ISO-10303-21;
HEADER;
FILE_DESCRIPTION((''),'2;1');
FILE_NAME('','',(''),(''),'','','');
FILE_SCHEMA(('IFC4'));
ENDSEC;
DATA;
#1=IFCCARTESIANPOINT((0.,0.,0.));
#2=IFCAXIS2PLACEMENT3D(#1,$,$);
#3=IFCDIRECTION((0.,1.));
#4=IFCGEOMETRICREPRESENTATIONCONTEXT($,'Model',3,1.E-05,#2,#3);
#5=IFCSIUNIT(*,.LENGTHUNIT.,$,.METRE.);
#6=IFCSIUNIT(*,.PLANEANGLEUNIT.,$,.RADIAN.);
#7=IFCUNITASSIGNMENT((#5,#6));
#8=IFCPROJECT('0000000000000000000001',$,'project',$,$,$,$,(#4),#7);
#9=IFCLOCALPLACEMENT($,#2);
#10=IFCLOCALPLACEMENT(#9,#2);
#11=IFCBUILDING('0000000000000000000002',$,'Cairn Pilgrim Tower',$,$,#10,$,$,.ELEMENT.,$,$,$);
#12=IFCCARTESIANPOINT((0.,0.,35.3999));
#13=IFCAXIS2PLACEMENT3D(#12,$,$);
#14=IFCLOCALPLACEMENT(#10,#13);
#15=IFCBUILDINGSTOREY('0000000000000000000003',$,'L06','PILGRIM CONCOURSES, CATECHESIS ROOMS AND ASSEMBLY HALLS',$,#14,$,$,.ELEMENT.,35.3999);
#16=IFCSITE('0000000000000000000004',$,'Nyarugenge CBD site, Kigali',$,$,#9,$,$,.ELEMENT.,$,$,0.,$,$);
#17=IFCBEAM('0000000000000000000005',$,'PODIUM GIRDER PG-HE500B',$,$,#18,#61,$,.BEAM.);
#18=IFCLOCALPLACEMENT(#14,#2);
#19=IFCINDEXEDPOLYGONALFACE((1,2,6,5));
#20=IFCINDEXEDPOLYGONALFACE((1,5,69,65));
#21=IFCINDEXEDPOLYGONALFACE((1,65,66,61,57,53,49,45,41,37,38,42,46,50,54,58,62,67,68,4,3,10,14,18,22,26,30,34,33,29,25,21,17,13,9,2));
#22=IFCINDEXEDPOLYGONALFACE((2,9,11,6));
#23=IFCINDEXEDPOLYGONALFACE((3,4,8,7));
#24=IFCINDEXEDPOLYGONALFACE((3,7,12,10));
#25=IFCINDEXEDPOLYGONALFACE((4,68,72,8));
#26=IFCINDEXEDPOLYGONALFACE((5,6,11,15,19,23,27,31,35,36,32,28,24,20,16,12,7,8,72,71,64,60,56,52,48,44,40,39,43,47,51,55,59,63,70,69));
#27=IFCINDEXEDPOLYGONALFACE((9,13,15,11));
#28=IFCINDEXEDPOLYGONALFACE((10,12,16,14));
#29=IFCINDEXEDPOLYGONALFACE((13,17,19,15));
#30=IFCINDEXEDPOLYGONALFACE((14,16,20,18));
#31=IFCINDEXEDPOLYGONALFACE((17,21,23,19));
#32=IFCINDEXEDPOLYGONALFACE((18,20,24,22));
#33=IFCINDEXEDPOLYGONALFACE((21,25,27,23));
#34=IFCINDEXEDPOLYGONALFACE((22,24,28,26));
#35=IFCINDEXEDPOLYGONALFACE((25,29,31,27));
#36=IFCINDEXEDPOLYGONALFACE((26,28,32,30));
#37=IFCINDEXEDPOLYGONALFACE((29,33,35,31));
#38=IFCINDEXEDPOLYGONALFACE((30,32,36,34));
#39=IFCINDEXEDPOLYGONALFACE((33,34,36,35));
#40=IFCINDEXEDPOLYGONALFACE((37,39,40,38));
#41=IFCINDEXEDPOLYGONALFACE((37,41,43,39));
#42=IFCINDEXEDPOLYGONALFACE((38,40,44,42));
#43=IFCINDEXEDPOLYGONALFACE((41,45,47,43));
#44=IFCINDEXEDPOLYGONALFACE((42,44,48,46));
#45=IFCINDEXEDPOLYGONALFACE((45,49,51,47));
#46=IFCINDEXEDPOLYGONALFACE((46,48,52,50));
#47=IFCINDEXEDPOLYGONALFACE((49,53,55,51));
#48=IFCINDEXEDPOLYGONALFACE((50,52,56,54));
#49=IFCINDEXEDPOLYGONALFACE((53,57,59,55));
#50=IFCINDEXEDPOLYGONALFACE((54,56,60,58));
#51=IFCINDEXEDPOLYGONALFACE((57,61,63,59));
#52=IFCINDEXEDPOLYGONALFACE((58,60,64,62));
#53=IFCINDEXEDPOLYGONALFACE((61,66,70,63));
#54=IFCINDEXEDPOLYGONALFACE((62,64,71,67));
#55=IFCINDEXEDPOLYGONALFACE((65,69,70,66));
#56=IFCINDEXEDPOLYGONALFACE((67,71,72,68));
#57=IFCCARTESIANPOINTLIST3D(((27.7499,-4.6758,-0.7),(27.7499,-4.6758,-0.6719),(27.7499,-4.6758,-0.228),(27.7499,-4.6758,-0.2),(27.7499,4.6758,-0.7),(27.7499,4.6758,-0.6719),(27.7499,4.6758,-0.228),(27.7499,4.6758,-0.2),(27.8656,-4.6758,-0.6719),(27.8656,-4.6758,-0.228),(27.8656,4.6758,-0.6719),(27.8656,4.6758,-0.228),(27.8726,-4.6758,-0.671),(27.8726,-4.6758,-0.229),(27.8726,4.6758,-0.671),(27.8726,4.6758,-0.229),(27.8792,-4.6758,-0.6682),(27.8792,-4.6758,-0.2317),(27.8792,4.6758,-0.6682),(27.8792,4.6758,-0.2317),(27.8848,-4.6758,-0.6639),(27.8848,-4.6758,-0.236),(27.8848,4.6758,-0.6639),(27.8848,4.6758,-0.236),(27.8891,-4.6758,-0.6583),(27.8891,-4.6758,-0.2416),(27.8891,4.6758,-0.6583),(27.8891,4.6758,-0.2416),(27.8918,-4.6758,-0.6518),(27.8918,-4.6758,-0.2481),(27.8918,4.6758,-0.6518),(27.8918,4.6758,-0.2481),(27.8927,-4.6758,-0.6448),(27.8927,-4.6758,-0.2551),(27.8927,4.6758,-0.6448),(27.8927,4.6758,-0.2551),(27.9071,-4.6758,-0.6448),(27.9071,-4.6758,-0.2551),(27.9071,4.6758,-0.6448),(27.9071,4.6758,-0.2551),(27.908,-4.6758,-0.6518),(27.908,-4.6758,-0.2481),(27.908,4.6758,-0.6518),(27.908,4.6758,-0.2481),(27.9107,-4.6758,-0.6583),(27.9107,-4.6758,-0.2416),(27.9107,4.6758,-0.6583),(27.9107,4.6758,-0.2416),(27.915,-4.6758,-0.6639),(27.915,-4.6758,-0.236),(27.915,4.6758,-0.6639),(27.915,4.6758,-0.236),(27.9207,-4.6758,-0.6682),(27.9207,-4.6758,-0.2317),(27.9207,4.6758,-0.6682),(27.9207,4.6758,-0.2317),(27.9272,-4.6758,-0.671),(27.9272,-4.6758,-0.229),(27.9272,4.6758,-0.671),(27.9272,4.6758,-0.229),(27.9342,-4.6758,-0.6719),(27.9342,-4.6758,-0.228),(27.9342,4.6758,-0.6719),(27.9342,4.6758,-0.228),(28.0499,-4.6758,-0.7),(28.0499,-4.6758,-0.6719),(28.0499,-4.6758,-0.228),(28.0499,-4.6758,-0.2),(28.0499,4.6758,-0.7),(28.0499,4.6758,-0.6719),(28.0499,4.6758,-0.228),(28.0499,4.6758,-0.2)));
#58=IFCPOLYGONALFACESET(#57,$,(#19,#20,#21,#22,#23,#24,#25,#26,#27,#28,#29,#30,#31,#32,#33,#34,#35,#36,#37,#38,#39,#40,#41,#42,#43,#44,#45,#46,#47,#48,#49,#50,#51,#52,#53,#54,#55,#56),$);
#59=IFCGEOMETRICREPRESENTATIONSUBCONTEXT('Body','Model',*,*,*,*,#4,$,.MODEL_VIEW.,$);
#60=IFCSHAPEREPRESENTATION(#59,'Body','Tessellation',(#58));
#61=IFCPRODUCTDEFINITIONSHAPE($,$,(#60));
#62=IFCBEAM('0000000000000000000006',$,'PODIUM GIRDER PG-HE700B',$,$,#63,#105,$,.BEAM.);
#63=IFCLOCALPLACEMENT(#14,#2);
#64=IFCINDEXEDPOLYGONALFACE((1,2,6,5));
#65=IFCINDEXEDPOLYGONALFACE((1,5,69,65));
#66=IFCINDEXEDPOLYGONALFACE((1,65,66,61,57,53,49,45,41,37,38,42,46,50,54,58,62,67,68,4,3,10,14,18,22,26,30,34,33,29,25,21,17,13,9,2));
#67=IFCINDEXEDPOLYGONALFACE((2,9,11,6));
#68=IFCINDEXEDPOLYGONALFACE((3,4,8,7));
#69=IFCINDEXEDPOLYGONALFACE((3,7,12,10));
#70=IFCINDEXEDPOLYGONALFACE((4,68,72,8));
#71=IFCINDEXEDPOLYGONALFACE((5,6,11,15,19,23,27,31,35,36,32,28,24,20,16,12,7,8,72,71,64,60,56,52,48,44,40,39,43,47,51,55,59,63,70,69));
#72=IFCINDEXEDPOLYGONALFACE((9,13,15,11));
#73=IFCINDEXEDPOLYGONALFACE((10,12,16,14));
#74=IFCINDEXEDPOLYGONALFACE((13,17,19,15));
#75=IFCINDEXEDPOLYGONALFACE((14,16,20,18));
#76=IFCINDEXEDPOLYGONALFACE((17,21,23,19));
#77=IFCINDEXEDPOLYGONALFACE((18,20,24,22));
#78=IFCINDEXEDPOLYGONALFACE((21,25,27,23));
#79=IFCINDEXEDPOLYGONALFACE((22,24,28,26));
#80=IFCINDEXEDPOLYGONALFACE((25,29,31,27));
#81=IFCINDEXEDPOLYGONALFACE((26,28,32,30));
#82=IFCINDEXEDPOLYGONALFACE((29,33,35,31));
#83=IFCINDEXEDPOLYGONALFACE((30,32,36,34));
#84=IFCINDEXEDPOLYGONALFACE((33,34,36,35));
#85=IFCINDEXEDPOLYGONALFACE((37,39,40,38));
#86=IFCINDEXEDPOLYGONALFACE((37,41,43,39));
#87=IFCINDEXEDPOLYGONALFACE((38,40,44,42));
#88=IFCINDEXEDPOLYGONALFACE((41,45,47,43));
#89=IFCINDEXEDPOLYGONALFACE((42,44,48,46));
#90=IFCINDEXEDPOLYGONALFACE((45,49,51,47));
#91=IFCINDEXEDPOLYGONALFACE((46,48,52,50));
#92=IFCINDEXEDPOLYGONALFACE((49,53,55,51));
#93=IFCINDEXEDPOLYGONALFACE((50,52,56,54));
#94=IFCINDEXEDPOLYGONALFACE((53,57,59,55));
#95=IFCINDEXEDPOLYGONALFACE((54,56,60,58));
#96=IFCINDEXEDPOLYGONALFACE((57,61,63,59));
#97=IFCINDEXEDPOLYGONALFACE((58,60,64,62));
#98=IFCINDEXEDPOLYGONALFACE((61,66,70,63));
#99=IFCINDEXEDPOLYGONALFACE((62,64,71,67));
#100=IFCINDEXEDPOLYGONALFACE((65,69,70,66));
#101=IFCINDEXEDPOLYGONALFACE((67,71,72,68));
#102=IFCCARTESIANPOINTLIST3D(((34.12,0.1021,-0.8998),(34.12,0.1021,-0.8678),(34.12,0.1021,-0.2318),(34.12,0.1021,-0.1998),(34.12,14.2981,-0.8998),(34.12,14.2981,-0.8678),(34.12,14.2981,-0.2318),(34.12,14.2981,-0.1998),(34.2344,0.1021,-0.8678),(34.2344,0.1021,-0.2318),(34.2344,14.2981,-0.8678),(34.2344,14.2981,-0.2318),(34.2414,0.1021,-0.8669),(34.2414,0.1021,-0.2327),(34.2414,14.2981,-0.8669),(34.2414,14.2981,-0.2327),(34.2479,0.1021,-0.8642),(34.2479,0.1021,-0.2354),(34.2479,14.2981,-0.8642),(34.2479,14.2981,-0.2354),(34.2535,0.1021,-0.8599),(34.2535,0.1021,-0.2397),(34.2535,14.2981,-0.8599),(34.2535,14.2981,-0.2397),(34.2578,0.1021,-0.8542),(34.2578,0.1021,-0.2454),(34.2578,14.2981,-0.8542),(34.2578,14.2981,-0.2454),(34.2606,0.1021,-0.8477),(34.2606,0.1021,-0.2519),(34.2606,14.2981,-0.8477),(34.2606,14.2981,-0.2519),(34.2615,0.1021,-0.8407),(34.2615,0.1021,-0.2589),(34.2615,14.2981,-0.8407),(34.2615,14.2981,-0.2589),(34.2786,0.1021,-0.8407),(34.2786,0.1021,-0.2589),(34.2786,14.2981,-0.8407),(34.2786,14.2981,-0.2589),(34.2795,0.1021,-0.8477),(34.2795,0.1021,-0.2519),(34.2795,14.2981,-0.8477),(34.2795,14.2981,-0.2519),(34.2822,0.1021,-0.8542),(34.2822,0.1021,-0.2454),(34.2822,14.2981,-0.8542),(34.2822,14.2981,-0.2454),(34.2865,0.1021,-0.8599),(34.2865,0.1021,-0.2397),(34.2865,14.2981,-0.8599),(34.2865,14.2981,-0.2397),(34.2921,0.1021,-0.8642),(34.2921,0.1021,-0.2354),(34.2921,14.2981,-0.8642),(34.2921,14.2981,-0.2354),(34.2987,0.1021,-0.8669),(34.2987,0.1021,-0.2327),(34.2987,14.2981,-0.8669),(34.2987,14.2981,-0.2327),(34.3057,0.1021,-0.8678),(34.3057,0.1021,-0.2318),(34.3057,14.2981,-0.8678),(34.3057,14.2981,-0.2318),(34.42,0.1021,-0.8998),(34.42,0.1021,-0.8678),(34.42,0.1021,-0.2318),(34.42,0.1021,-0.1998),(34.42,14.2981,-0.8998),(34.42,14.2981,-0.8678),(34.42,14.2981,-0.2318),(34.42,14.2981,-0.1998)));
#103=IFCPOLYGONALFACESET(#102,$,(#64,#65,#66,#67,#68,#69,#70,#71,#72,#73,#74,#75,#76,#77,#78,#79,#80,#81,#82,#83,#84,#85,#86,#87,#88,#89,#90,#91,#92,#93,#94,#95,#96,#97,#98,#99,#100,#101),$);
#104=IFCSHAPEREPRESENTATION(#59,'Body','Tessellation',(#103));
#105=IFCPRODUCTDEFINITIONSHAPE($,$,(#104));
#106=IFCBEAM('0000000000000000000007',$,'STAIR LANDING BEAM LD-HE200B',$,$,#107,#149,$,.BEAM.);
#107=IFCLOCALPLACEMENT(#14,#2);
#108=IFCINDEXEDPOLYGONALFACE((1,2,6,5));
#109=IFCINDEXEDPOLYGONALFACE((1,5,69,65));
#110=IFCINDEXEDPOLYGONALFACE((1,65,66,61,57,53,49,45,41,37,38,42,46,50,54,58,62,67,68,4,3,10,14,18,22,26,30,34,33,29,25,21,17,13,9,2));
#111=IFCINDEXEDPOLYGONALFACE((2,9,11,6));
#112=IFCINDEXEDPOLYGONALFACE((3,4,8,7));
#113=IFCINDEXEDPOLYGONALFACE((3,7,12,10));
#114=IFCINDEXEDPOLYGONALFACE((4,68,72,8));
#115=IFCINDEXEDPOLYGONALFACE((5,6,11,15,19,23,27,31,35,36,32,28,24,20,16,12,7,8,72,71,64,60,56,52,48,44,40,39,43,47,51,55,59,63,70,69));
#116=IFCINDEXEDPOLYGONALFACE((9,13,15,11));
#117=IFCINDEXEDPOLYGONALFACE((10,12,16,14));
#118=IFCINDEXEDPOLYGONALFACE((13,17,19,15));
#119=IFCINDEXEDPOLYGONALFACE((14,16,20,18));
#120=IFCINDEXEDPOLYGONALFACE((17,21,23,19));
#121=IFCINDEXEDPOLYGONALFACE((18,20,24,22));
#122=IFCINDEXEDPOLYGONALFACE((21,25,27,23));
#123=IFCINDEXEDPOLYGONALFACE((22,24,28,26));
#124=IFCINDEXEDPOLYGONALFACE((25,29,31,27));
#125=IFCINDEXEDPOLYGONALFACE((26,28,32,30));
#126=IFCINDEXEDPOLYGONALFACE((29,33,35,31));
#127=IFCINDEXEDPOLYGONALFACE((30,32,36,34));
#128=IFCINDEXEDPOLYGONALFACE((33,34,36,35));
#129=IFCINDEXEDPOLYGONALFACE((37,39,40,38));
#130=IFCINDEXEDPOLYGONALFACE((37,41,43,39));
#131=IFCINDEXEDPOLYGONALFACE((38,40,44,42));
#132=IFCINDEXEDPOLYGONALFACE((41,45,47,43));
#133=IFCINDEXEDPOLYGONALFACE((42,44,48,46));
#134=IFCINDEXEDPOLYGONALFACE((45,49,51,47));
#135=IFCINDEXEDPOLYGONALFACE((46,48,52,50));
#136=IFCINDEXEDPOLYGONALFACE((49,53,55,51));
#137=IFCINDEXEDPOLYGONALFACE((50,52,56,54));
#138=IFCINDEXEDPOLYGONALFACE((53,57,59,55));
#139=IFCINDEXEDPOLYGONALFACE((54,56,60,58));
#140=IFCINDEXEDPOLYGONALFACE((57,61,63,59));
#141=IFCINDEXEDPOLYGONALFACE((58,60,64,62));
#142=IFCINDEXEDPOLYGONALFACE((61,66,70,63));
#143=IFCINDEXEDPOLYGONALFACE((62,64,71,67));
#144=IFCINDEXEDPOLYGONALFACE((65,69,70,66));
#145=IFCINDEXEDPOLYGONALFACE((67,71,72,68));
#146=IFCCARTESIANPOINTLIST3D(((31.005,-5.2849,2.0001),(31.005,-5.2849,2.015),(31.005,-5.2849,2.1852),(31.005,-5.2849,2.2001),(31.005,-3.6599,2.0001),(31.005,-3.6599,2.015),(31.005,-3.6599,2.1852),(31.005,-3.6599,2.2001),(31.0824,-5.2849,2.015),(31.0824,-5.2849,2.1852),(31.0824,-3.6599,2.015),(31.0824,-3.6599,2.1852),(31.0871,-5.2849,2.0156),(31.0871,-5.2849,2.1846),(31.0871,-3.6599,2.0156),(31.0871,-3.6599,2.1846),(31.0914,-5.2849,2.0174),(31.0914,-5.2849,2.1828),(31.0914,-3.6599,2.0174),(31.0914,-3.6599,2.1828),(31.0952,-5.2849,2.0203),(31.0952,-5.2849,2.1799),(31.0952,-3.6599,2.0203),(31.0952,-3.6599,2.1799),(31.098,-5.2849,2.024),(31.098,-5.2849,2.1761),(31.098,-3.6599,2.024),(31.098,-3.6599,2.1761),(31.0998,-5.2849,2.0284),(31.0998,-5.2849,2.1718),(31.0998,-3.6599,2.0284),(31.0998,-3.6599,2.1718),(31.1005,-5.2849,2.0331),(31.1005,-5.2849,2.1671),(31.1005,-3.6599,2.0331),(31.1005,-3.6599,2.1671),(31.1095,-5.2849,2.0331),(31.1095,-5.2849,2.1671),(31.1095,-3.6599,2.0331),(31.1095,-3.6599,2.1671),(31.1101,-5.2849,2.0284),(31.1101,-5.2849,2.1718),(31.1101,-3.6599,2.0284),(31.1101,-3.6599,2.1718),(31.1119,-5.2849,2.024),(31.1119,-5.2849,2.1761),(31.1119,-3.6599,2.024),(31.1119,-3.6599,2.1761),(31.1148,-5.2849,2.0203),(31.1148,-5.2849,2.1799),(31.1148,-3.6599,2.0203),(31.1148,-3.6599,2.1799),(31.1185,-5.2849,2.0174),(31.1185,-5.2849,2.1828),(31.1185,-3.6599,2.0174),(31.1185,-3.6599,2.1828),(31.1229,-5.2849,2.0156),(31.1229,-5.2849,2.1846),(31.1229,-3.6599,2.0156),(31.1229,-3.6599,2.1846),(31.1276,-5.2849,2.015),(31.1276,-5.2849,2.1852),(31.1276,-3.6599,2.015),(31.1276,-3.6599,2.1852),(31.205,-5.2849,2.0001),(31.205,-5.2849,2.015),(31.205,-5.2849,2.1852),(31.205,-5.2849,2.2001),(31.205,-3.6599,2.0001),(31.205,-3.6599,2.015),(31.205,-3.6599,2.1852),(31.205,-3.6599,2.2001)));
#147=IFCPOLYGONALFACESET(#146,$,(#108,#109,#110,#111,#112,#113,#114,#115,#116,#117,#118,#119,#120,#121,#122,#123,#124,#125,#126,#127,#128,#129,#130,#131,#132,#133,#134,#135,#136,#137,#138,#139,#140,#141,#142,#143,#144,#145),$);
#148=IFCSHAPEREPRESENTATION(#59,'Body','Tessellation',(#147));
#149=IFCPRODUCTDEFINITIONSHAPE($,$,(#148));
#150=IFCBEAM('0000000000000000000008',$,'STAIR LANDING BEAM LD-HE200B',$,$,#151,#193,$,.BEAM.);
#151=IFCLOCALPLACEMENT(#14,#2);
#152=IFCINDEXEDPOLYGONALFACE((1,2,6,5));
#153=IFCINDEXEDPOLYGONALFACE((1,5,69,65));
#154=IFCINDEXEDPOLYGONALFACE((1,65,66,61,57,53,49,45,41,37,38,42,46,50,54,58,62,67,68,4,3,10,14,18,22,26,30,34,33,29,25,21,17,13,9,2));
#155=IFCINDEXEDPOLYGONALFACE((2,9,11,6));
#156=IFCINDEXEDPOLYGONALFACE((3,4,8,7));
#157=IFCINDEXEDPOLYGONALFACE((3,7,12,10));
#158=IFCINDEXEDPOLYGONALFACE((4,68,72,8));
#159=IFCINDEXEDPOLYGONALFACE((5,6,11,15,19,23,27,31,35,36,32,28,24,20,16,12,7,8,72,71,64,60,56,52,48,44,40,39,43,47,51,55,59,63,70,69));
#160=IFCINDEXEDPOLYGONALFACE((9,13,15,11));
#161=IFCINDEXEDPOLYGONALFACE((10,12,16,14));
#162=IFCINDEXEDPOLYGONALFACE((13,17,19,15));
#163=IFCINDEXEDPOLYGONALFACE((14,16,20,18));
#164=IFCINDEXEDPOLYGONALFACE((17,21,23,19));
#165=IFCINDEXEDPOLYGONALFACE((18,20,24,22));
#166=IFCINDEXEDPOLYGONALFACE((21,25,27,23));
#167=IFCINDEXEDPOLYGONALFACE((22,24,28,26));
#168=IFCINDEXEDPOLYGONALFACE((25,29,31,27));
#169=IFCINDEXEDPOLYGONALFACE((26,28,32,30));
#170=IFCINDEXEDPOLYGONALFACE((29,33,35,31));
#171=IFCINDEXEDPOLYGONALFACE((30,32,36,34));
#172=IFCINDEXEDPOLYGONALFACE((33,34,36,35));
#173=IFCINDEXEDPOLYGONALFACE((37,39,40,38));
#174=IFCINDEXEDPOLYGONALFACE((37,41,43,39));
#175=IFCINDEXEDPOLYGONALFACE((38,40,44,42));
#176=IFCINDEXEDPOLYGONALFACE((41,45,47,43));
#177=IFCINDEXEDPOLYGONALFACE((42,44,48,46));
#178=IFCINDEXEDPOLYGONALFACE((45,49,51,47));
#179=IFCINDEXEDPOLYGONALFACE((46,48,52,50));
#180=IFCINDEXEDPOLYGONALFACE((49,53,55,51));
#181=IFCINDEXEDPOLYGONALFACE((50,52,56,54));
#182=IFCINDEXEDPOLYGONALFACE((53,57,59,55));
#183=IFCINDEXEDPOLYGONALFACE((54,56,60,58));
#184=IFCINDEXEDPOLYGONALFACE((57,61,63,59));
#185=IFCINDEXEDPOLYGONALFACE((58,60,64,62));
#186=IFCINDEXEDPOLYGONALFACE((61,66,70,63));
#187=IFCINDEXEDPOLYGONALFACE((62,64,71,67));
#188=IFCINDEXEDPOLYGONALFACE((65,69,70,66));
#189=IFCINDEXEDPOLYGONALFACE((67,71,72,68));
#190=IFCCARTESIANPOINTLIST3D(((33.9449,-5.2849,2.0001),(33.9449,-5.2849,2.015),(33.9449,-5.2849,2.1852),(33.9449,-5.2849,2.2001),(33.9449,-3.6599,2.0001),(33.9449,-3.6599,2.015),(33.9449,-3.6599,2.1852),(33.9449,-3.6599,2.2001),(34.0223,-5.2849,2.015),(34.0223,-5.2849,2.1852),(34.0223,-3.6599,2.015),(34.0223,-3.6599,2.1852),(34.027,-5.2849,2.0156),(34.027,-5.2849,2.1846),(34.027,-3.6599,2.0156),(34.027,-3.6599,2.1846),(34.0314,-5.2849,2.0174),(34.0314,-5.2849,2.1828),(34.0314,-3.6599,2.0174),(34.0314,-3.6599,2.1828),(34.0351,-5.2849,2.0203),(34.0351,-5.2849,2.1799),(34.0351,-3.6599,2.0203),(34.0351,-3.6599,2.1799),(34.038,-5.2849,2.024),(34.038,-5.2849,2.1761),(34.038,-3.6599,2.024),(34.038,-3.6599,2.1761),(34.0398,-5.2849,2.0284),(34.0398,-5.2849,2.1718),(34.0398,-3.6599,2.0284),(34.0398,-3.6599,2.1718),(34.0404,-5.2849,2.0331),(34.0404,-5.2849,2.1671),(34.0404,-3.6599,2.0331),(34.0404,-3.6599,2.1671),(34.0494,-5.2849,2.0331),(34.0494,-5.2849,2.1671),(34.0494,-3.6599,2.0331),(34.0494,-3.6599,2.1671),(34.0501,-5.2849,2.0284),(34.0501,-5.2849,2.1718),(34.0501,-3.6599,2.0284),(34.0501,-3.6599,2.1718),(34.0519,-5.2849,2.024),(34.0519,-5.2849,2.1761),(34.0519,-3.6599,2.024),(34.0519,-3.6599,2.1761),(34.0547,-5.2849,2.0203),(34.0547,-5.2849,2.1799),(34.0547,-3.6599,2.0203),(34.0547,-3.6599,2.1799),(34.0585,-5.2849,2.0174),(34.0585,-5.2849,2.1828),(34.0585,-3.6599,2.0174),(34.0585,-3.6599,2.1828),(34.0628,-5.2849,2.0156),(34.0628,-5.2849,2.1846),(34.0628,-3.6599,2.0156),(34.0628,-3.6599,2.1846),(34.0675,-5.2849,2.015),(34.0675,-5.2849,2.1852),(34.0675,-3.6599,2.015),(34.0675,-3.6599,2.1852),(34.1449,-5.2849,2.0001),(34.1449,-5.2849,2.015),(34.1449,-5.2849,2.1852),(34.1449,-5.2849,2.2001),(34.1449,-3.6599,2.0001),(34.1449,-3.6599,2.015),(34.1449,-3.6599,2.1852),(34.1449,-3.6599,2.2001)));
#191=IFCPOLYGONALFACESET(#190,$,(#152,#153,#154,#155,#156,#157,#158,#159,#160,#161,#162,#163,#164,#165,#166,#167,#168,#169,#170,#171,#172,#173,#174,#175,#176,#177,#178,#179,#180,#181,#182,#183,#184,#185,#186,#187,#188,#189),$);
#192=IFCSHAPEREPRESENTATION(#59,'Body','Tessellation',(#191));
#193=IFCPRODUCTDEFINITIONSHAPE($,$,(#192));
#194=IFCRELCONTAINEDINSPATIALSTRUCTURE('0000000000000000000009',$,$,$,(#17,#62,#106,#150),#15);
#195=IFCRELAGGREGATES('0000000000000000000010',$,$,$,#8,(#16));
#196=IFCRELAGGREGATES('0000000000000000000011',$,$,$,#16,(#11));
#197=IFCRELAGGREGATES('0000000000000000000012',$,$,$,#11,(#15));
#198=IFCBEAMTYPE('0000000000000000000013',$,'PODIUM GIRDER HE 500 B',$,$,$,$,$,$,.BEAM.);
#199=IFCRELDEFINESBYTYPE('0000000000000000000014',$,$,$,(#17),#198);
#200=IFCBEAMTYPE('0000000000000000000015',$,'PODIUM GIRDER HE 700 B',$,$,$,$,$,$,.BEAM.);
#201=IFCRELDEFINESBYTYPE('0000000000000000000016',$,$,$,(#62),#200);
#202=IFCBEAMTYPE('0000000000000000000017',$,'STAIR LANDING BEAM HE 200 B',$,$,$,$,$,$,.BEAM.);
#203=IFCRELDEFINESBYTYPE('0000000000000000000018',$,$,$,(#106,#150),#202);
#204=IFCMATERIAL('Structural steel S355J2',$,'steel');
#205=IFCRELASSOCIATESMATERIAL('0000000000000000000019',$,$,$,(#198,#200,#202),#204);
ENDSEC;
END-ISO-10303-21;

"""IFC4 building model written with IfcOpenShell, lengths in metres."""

from ifc_helpers import new_model, si_unit, direction, frame, origin, origin_2d, place, context, subcontext, project, spatial, i_section, extrude, material, material_profile, profile_set, type_object, element, save


model = new_model("IFC4")

# Units and contexts
model_context = context("Model", 3, precision=1e-05, world=origin(), true_north=direction((0.0, 1.0)))
body_context = subcontext(model_context, "Body", "Model", "MODEL_VIEW")
ifc_project = project(units=[si_unit("LENGTHUNIT", "METRE"), si_unit("PLANEANGLEUNIT", "RADIAN")], contexts=[model_context])

# Site, building, storey
site_placement = place(None, origin())
site = spatial("IfcSite", under=ifc_project, at=site_placement, Name="Nyarugenge CBD site, Kigali", CompositionType="ELEMENT", RefElevation=0.0)
building_placement = place(site_placement, origin())
building = spatial("IfcBuilding", under=site, at=building_placement, Name="Cairn Pilgrim Tower", CompositionType="ELEMENT")
storey_placement = place(building_placement, frame((0.0, 0.0, 35.3999)))
storey = spatial("IfcBuildingStorey", under=building, at=storey_placement, Name="L06", Description="PILGRIM CONCOURSES, CATECHESIS ROOMS AND ASSEMBLY HALLS", CompositionType="ELEMENT", Elevation=35.3999)

# Shared definitions
ifc_material_1 = material(Name="Structural steel S355J2", Category="steel")

# Beams
ifc_material_profile_1 = material_profile(ifc_material_1, i_section(OverallWidth=0.3, OverallDepth=0.5, WebThickness=0.0144, FlangeThickness=0.0281, FilletRadius=0.0271, at=origin_2d()), Name="HEB 500")
ifc_profile_set_1 = profile_set([ifc_material_profile_1], Name="Structural steel S355J2")
beam_type_1 = type_object("IfcBeamType", Name="PODIUM GIRDER HE 500 B", PredefinedType="BEAM", material=ifc_profile_set_1)
beam_1_placement = place(storey_placement, frame((27.8999, -4.6758, -0.45), z_axis=(0.0, 1.0, 0.0), x_axis=(-1.0, 0.0, 0.0)))
element("IfcBeam", 1, at=beam_1_placement, inside=storey, type_object=beam_type_1, Name="PODIUM GIRDER PG-HE500B", PredefinedType="BEAM", context=body_context, shape_type="SweptSolid", body=[
    extrude(i_section(OverallWidth=0.3, OverallDepth=0.5, WebThickness=0.0144, FlangeThickness=0.0281, FilletRadius=0.0271, at=origin_2d()), origin(), (0.0, 0.0, 1.0), 9.3516),
])
ifc_material_profile_2 = material_profile(ifc_material_1, i_section(OverallWidth=0.3, OverallDepth=0.7, WebThickness=0.0171, FlangeThickness=0.032, FilletRadius=0.0271, at=origin_2d()), Name="HEB 700")
ifc_profile_set_2 = profile_set([ifc_material_profile_2], Name="Structural steel S355J2")
beam_type_2 = type_object("IfcBeamType", Name="PODIUM GIRDER HE 700 B", PredefinedType="BEAM", material=ifc_profile_set_2)
beam_2_placement = place(storey_placement, frame((34.27, 0.1021, -0.5498), z_axis=(0.0, 1.0, 0.0), x_axis=(-1.0, 0.0, 0.0)))
element("IfcBeam", 2, at=beam_2_placement, inside=storey, type_object=beam_type_2, Name="PODIUM GIRDER PG-HE700B", PredefinedType="BEAM", context=body_context, shape_type="SweptSolid", body=[
    extrude(i_section(OverallWidth=0.3, OverallDepth=0.7, WebThickness=0.0171, FlangeThickness=0.032, FilletRadius=0.0271, at=origin_2d()), origin(), (0.0, 0.0, 1.0), 14.196),
])
ifc_material_profile_3 = material_profile(ifc_material_1, i_section(OverallWidth=0.2, OverallDepth=0.2, WebThickness=0.009, FlangeThickness=0.0149, FilletRadius=0.0181, at=origin_2d()), Name="HE 200 B")
ifc_profile_set_3 = profile_set([ifc_material_profile_3], Name="Structural steel S355J2")
beam_type_3 = type_object("IfcBeamType", Name="STAIR LANDING BEAM HE 200 B", PredefinedType="BEAM", material=ifc_profile_set_3)
for number, where, z_axis, x_axis, name in (
    (3, (31.105, -3.6599, 2.1001), (0.0, -1.0, 0.0), (1.0, 0.0, 0.0), "STAIR LANDING BEAM LD-HE200B"),
    (4, (34.0449, -3.6599, 2.1001), (0.0, -1.0, 0.0), (1.0, 0.0, 0.0), "STAIR LANDING BEAM LD-HE200B"),
):
    element("IfcBeam", number, at=place(storey_placement, frame(where, z_axis=z_axis, x_axis=x_axis)), inside=storey, type_object=beam_type_3, Name=name, PredefinedType="BEAM", context=body_context, shape_type="SweptSolid", body=[
        extrude(i_section(OverallWidth=0.2, OverallDepth=0.2, WebThickness=0.009, FlangeThickness=0.0149, FilletRadius=0.0181, at=origin_2d()), origin(), (0.0, 0.0, 1.0), 1.625),
    ])

save(model, "model.ifc")
